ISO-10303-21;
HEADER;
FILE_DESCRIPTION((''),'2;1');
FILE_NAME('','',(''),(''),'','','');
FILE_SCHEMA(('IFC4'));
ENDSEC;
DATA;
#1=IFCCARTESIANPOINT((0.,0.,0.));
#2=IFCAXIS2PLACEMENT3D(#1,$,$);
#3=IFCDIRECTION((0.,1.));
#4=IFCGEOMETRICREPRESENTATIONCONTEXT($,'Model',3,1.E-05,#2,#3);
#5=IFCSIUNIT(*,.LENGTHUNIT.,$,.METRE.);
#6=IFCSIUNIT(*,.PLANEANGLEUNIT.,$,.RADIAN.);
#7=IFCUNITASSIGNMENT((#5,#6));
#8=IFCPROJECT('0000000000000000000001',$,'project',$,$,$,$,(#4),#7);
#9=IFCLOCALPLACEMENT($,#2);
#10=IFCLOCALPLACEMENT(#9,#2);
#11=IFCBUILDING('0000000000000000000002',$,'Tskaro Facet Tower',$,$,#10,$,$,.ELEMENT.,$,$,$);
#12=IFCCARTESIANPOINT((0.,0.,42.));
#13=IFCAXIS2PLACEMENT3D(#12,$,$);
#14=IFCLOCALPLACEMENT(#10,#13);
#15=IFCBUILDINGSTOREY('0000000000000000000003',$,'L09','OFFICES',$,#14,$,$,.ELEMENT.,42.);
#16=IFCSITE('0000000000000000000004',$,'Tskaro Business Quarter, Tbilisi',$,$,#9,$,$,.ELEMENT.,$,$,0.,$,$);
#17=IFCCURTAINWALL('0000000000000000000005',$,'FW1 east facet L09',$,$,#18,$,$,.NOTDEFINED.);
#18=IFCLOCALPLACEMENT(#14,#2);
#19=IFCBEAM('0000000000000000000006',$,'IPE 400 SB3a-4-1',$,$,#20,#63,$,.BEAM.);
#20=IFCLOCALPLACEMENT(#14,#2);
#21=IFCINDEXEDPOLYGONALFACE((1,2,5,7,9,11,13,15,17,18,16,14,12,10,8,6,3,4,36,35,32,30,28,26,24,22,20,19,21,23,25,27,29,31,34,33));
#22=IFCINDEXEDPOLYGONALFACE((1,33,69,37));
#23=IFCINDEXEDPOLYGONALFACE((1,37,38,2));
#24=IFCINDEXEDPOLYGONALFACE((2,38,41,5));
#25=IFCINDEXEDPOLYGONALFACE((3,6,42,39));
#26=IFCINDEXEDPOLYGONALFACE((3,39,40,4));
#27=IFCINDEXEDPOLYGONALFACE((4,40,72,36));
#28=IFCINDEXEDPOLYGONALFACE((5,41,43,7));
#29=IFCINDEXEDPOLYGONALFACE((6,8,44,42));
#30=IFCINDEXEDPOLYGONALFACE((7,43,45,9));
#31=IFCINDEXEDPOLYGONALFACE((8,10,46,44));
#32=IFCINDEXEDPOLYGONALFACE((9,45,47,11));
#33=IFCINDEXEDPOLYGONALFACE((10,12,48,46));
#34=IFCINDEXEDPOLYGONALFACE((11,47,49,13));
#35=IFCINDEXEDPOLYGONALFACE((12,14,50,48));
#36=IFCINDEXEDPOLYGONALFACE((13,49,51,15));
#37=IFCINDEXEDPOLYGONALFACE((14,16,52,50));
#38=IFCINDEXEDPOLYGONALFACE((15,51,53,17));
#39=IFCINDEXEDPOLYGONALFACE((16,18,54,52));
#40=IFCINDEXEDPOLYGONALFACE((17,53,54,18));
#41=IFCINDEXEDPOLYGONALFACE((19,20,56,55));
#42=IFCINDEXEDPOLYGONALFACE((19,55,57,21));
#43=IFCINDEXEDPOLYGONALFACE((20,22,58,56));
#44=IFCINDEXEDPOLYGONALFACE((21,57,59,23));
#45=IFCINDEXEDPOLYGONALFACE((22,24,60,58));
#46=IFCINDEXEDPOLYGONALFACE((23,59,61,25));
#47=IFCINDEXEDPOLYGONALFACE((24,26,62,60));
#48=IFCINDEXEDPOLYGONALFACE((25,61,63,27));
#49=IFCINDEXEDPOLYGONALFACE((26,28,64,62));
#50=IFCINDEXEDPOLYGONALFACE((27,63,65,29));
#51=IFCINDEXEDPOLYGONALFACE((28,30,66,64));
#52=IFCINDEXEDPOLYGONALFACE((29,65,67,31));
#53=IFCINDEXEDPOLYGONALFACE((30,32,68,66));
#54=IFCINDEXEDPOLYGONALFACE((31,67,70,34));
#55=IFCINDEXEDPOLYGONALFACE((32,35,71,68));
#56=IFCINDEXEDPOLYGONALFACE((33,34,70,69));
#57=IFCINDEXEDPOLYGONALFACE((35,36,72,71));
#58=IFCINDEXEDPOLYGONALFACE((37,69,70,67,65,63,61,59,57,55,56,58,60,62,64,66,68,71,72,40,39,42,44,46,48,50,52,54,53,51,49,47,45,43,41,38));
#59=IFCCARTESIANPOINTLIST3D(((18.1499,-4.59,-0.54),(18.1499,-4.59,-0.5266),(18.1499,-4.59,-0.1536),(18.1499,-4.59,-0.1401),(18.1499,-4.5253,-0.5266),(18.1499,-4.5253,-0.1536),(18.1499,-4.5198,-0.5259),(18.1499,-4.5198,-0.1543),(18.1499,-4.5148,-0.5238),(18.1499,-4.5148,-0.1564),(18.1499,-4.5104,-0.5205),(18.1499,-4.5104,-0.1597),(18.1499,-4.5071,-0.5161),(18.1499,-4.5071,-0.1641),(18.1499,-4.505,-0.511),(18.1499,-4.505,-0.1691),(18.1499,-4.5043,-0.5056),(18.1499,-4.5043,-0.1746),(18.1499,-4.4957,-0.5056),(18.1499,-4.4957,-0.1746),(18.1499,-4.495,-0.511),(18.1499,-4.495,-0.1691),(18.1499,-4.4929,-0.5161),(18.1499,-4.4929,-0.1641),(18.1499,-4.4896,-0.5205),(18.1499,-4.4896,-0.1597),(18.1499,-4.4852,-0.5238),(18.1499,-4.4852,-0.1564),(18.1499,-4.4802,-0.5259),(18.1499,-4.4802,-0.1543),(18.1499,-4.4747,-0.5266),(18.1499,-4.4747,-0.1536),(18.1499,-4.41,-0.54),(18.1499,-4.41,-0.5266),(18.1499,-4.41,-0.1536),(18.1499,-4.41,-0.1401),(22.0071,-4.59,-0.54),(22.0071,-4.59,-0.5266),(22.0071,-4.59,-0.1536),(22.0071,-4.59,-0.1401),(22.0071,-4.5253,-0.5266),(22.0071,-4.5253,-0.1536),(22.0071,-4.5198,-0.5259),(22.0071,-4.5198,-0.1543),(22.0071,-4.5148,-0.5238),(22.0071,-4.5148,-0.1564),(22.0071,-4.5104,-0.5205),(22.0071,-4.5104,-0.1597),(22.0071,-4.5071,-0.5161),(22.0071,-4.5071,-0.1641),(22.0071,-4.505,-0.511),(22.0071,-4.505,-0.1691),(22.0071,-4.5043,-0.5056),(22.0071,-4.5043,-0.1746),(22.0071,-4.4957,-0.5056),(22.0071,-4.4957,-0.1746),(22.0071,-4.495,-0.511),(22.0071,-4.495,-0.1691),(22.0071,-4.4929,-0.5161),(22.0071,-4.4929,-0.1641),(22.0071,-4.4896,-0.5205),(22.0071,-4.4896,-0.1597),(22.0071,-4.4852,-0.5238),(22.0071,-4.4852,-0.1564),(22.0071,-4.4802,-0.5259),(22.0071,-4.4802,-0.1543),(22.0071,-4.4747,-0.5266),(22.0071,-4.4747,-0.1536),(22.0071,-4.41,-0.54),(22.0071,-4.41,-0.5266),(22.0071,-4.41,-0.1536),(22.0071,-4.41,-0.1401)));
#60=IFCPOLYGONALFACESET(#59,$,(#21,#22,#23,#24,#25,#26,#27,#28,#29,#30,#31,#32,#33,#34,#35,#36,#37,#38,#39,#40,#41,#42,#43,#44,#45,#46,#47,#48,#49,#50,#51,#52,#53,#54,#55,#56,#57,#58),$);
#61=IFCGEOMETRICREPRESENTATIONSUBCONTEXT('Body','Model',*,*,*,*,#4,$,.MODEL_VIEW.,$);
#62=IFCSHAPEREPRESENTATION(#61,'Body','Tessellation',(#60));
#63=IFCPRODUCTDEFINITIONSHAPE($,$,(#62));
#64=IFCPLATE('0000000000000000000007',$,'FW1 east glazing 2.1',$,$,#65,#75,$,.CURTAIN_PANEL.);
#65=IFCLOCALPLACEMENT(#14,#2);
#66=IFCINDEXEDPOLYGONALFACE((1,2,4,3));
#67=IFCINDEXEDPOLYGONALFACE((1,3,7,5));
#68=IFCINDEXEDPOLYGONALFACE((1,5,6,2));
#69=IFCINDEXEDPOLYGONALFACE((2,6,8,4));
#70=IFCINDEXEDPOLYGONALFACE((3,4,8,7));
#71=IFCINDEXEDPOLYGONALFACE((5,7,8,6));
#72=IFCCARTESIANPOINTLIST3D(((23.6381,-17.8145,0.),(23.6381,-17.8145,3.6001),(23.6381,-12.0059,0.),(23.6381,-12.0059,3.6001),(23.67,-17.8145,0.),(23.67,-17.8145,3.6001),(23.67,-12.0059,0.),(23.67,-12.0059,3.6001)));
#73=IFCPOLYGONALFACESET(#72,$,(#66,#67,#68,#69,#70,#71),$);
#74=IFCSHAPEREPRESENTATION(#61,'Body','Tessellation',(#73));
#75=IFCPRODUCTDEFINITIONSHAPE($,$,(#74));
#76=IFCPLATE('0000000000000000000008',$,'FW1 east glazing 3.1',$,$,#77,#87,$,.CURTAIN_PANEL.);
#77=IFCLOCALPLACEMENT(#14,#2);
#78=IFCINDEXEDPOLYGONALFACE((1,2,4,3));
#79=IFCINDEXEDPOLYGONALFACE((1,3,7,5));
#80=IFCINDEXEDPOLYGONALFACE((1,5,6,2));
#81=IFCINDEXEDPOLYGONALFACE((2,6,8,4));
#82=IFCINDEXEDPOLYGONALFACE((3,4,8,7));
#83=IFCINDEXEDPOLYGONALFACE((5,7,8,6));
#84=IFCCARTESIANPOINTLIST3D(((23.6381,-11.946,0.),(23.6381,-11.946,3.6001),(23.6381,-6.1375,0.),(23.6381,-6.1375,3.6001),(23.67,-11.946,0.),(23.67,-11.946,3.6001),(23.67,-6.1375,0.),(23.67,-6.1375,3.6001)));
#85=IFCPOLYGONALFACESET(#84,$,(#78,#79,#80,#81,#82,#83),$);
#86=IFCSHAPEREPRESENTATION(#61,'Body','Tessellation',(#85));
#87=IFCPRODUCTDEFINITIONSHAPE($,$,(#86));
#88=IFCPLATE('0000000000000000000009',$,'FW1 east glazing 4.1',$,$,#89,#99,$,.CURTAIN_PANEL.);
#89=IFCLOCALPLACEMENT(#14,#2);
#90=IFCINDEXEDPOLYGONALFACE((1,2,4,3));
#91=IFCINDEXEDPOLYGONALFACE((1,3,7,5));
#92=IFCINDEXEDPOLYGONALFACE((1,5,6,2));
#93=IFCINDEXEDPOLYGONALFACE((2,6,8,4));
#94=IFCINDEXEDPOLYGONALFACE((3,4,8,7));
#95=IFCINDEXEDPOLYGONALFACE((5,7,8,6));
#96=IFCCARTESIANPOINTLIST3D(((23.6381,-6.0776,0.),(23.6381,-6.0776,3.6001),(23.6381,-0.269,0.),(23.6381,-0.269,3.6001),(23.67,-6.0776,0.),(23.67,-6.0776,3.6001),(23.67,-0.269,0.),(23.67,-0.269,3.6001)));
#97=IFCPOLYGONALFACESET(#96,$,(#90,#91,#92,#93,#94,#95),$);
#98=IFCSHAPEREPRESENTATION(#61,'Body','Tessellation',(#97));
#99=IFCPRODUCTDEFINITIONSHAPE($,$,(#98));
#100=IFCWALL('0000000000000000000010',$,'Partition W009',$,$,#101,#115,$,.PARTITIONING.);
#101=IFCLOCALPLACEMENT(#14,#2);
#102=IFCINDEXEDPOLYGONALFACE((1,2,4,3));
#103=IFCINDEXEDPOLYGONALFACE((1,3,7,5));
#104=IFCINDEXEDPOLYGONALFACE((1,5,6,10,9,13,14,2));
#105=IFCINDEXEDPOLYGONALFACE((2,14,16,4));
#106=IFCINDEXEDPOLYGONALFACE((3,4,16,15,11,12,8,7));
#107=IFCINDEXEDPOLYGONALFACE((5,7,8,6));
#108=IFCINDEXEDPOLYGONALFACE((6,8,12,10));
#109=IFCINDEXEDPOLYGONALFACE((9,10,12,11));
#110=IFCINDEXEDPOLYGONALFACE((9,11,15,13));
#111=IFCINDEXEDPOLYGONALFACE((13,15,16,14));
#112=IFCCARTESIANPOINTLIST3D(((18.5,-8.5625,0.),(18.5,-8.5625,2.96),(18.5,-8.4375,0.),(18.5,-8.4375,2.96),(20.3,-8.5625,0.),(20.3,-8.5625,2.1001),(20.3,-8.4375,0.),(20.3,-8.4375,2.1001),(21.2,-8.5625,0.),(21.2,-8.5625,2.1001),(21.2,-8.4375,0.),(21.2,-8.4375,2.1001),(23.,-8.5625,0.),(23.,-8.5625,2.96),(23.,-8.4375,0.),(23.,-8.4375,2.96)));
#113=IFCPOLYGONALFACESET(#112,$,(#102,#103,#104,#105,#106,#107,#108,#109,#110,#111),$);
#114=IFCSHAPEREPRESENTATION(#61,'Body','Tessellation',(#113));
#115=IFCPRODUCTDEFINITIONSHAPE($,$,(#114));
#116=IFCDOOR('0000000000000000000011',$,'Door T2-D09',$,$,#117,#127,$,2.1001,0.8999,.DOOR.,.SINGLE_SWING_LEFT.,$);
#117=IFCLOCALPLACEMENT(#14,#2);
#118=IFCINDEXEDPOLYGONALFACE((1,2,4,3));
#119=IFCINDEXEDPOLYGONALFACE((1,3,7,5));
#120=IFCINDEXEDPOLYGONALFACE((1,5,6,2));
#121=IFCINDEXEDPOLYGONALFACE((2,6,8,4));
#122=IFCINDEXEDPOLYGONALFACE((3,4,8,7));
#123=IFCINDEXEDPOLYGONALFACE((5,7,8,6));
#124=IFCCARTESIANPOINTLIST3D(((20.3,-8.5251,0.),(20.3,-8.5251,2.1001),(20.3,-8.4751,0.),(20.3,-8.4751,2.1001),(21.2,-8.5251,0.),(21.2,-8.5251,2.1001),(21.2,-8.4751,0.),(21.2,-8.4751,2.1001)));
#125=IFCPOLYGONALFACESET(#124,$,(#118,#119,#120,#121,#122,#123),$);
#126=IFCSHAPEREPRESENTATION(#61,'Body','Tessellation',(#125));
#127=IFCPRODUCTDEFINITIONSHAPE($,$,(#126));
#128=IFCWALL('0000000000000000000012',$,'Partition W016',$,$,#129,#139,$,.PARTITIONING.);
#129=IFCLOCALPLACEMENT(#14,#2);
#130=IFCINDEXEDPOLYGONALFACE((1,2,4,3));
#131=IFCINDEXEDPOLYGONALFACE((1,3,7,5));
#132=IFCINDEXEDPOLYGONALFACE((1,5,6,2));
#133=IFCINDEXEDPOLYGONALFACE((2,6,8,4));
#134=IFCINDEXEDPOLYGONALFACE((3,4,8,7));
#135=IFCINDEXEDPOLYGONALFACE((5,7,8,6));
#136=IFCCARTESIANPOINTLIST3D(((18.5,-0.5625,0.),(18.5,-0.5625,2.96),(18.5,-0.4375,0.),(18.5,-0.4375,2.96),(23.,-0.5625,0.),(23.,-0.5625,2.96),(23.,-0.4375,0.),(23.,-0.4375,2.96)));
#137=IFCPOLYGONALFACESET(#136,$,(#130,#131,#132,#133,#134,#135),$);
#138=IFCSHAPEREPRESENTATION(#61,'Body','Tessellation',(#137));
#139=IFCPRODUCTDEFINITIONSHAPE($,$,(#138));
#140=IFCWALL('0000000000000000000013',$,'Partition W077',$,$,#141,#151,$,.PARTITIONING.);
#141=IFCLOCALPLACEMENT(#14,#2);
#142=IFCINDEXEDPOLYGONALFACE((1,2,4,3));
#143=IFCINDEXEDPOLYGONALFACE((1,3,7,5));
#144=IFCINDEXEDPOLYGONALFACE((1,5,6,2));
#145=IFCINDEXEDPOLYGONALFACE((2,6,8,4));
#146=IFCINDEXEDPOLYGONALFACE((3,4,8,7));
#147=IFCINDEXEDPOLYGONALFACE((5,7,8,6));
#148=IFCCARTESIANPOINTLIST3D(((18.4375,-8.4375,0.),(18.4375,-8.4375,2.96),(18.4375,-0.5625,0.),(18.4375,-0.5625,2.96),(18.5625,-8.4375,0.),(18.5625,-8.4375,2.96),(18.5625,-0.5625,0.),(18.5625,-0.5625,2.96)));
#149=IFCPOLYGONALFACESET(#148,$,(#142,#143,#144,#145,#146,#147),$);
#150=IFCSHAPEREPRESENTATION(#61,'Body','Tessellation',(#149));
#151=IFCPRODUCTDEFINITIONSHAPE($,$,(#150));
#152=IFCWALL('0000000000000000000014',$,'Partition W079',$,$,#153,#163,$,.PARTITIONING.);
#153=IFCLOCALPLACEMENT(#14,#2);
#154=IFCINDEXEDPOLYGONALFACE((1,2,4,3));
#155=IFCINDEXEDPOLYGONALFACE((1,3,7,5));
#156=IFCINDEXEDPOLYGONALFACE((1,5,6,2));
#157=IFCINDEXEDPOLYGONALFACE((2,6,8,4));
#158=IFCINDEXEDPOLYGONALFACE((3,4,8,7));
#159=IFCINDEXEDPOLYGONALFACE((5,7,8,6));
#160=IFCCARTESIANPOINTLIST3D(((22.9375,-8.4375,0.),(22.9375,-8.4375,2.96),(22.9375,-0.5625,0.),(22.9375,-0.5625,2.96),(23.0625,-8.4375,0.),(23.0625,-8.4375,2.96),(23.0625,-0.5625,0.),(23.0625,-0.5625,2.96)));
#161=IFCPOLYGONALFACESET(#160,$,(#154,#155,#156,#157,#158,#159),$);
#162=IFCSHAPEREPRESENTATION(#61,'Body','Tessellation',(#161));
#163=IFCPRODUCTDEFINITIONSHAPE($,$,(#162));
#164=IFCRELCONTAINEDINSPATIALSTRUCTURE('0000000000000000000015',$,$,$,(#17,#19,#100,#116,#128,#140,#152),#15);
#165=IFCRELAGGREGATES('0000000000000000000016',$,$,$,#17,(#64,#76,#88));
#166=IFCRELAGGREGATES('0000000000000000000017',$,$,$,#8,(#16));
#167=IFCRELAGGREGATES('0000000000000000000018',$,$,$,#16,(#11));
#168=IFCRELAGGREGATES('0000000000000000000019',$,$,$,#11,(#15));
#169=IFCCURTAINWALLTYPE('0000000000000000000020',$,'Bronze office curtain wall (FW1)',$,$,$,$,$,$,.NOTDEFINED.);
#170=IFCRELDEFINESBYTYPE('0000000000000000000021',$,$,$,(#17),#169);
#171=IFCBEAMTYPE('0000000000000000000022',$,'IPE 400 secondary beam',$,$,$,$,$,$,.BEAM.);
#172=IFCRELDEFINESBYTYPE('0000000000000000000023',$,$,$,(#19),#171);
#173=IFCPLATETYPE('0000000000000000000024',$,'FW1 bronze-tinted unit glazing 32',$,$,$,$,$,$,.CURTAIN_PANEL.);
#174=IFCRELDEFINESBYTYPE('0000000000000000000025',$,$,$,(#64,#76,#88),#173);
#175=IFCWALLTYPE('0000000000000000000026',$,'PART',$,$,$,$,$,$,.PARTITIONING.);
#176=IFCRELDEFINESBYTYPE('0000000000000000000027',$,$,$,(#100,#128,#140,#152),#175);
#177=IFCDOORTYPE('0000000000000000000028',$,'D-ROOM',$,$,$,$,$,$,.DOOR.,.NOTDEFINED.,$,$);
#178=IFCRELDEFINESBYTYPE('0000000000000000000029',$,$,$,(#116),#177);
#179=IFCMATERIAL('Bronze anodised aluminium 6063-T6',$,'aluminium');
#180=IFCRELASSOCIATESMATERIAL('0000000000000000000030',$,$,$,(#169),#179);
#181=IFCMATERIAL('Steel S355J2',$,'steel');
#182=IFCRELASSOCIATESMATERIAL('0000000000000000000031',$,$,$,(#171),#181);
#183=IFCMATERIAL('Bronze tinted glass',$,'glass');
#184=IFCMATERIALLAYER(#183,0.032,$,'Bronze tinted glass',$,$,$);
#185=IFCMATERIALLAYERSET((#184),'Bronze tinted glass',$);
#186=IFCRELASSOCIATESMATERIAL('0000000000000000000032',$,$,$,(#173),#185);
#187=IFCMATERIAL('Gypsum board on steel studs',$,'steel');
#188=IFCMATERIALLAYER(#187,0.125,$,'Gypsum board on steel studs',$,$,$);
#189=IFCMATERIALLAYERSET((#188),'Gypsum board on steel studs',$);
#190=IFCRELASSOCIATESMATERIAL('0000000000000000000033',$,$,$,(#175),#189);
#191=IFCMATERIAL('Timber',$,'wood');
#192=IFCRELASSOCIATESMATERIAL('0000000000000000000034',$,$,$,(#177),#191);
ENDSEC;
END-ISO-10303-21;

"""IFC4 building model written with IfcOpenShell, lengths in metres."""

from ifc_helpers import new_model, si_unit, direction, frame, frame_2d, origin, origin_2d, place, context, subcontext, project, spatial, rectangle, i_section, extrude, material, layer, layer_set, material_profile, profile_set, type_object, element, fill, aggregate, save


model = new_model("IFC4")

# Units and contexts
model_context = context("Model", 3, precision=1e-05, world=origin(), true_north=direction((0.0, 1.0)))
body_context = subcontext(model_context, "Body", "Model", "MODEL_VIEW")
ifc_project = project(units=[si_unit("LENGTHUNIT", "METRE"), si_unit("PLANEANGLEUNIT", "RADIAN")], contexts=[model_context])

# Site, building, storey
site_placement = place(None, origin())
site = spatial("IfcSite", under=ifc_project, at=site_placement, Name="Tskaro Business Quarter, Tbilisi", CompositionType="ELEMENT", RefElevation=0.0)
building_placement = place(site_placement, origin())
building = spatial("IfcBuilding", under=site, at=building_placement, Name="Tskaro Facet Tower", CompositionType="ELEMENT")
storey_placement = place(building_placement, frame((0.0, 0.0, 42.0)))
storey = spatial("IfcBuildingStorey", under=building, at=storey_placement, Name="L09", Description="OFFICES", CompositionType="ELEMENT", Elevation=42.0)

# Curtain wall
ifc_material_1 = material(Name="Bronze anodised aluminium 6063-T6", Category="aluminium")
curtain_wall_type = type_object("IfcCurtainWallType", Name="Bronze office curtain wall (FW1)", PredefinedType="NOTDEFINED", material=ifc_material_1)
curtain_wall_placement = place(storey_placement, origin())
curtain_wall = element("IfcCurtainWall", 1, at=curtain_wall_placement, inside=storey, type_object=curtain_wall_type, Name="FW1 east facet L09", PredefinedType="NOTDEFINED")

# Beam
ifc_material_2 = material(Name="Steel S355J2", Category="steel")
ifc_material_profile_1 = material_profile(ifc_material_2, i_section(OverallWidth=0.1799, OverallDepth=0.3999, WebThickness=0.0085, FlangeThickness=0.0134, FilletRadius=0.021, at=origin_2d()), Name="IPE 400")
ifc_profile_set_1 = profile_set([ifc_material_profile_1], Name="Steel S355J2")
beam_type_1 = type_object("IfcBeamType", Name="IPE 400 secondary beam", PredefinedType="BEAM", material=ifc_profile_set_1)
for number, where, z_axis, x_axis, name in (
    (2, (18.1499, -4.5, -0.3401), (1.0, 0.0, 0.0), (0.0, 1.0, 0.0), "IPE 400 SB3a-4-1"),
):
    element("IfcBeam", number, at=place(storey_placement, frame(where, z_axis=z_axis, x_axis=x_axis)), inside=storey, type_object=beam_type_1, Name=name, PredefinedType="BEAM", context=body_context, shape_type="SweptSolid", body=[
        extrude(i_section(OverallWidth=0.1799, OverallDepth=0.3999, WebThickness=0.0085, FlangeThickness=0.0134, FilletRadius=0.021, at=origin_2d()), origin(), (0.0, 0.0, 1.0), 3.8572),
    ])

# Plates
ifc_material_3 = material(Name="Bronze tinted glass", Category="glass")
ifc_layer_1 = layer(ifc_material_3, 0.032, Name="Bronze tinted glass")
ifc_layer_set_1 = layer_set([ifc_layer_1], Name="Bronze tinted glass")
plate_type = type_object("IfcPlateType", Name="FW1 bronze-tinted unit glazing 32", PredefinedType="CURTAIN_PANEL", material=ifc_layer_set_1)
plate_1_placement = place(storey_placement, frame((23.6541, -14.9102, 0.0), z_axis=(0.0, 0.0, 1.0), x_axis=(0.0, 1.0, 0.0)))
plate_1 = element("IfcPlate", 3, at=plate_1_placement, type_object=plate_type, Name="FW1 east glazing 2.1", PredefinedType="CURTAIN_PANEL", context=body_context, shape_type="SweptSolid", body=[
    extrude(rectangle(XDim=5.8086, YDim=0.032, at=origin_2d()), origin(), (0.0, 0.0, 1.0), 3.6001),
])
plate_2_placement = place(storey_placement, frame((23.6541, -9.0417, 0.0), z_axis=(0.0, 0.0, 1.0), x_axis=(0.0, 1.0, 0.0)))
plate_2 = element("IfcPlate", 4, at=plate_2_placement, type_object=plate_type, Name="FW1 east glazing 3.1", PredefinedType="CURTAIN_PANEL", context=body_context, shape_type="SweptSolid", body=[
    extrude(rectangle(XDim=5.8086, YDim=0.032, at=origin_2d()), origin(), (0.0, 0.0, 1.0), 3.6001),
])
plate_3_placement = place(storey_placement, frame((23.6541, -3.1733, 0.0), z_axis=(0.0, 0.0, 1.0), x_axis=(0.0, 1.0, 0.0)))
plate_3 = element("IfcPlate", 5, at=plate_3_placement, type_object=plate_type, Name="FW1 east glazing 4.1", PredefinedType="CURTAIN_PANEL", context=body_context, shape_type="SweptSolid", body=[
    extrude(rectangle(XDim=5.8086, YDim=0.032, at=origin_2d()), origin(), (0.0, 0.0, 1.0), 3.6001),
])
aggregate(curtain_wall, [plate_1, plate_2, plate_3])

# Wall, opening, door
ifc_material_4 = material(Name="Gypsum board on steel studs", Category="steel")
ifc_layer_2 = layer(ifc_material_4, 0.125, Name="Gypsum board on steel studs")
ifc_layer_set_2 = layer_set([ifc_layer_2], Name="Gypsum board on steel studs")
wall_type_1 = type_object("IfcWallType", Name="PART", PredefinedType="PARTITIONING", material=ifc_layer_set_2)
wall_1_placement = place(storey_placement, frame((18.5, -8.5, 0.0), z_axis=(0.0, 0.0, 1.0), x_axis=(1.0, 0.0, 0.0)))
wall_1 = element("IfcWall", 6, at=wall_1_placement, inside=storey, type_object=wall_type_1, Name="Partition W009", PredefinedType="PARTITIONING", context=body_context, shape_type="SweptSolid", body=[
    extrude(rectangle(XDim=4.5, YDim=0.125, at=frame_2d((2.25, 0.0))), origin(), (0.0, 0.0, 1.0), 2.96),
])
opening_1_placement = place(wall_1_placement, frame((1.8, 0.0, 0.0)))
opening_1 = element("IfcOpeningElement", 7, at=opening_1_placement, cuts=wall_1, PredefinedType="OPENING", context=body_context, shape_type="SweptSolid", body=[
    extrude(rectangle(XDim=0.8999, YDim=2.1001, at=frame_2d((0.45, 1.05))), frame((0.0, 0.0725, 0.0), z_axis=(0.0, -1.0, 0.0), x_axis=(1.0, 0.0, 0.0)), (0.0, 0.0, 1.0), 0.145),
])
ifc_material_5 = material(Name="Timber", Category="wood")
door_type_1 = type_object("IfcDoorType", Name="D-ROOM", OperationType="NOTDEFINED", PredefinedType="DOOR", material=ifc_material_5)
door_1_placement = place(opening_1_placement, origin())
door_1 = element("IfcDoor", 8, at=door_1_placement, inside=storey, type_object=door_type_1, Name="Door T2-D09", OperationType="SINGLE_SWING_LEFT", OverallHeight=2.1001, OverallWidth=0.8999, PredefinedType="DOOR", context=body_context, shape_type="SweptSolid", body=[
    extrude(rectangle(XDim=0.8999, YDim=2.1001, at=frame_2d((0.45, 1.05))), frame((0.0, 0.0249, 0.0), z_axis=(0.0, -1.0, 0.0), x_axis=(1.0, 0.0, 0.0)), (0.0, 0.0, 1.0), 0.05),
])
fill(opening_1, door_1)

# Walls
wall_2_placement = place(storey_placement, frame((18.5, -0.5, 0.0), z_axis=(0.0, 0.0, 1.0), x_axis=(1.0, 0.0, 0.0)))
element("IfcWall", 9, at=wall_2_placement, inside=storey, type_object=wall_type_1, Name="Partition W016", PredefinedType="PARTITIONING", context=body_context, shape_type="SweptSolid", body=[
    extrude(rectangle(XDim=4.5, YDim=0.125, at=frame_2d((2.25, 0.0))), origin(), (0.0, 0.0, 1.0), 2.96),
])
for number, where, z_axis, x_axis, name in (
    (10, (18.5, -8.4375, 0.0), (0.0, 0.0, 1.0), (0.0, 1.0, 0.0), "Partition W077"),
    (11, (23.0, -8.4375, 0.0), (0.0, 0.0, 1.0), (0.0, 1.0, 0.0), "Partition W079"),
):
    element("IfcWall", number, at=place(storey_placement, frame(where, z_axis=z_axis, x_axis=x_axis)), inside=storey, type_object=wall_type_1, Name=name, PredefinedType="PARTITIONING", context=body_context, shape_type="SweptSolid", body=[
        extrude(rectangle(XDim=7.875, YDim=0.125, at=frame_2d((3.9375, 0.0))), origin(), (0.0, 0.0, 1.0), 2.96),
    ])

save(model, "model.ifc")
